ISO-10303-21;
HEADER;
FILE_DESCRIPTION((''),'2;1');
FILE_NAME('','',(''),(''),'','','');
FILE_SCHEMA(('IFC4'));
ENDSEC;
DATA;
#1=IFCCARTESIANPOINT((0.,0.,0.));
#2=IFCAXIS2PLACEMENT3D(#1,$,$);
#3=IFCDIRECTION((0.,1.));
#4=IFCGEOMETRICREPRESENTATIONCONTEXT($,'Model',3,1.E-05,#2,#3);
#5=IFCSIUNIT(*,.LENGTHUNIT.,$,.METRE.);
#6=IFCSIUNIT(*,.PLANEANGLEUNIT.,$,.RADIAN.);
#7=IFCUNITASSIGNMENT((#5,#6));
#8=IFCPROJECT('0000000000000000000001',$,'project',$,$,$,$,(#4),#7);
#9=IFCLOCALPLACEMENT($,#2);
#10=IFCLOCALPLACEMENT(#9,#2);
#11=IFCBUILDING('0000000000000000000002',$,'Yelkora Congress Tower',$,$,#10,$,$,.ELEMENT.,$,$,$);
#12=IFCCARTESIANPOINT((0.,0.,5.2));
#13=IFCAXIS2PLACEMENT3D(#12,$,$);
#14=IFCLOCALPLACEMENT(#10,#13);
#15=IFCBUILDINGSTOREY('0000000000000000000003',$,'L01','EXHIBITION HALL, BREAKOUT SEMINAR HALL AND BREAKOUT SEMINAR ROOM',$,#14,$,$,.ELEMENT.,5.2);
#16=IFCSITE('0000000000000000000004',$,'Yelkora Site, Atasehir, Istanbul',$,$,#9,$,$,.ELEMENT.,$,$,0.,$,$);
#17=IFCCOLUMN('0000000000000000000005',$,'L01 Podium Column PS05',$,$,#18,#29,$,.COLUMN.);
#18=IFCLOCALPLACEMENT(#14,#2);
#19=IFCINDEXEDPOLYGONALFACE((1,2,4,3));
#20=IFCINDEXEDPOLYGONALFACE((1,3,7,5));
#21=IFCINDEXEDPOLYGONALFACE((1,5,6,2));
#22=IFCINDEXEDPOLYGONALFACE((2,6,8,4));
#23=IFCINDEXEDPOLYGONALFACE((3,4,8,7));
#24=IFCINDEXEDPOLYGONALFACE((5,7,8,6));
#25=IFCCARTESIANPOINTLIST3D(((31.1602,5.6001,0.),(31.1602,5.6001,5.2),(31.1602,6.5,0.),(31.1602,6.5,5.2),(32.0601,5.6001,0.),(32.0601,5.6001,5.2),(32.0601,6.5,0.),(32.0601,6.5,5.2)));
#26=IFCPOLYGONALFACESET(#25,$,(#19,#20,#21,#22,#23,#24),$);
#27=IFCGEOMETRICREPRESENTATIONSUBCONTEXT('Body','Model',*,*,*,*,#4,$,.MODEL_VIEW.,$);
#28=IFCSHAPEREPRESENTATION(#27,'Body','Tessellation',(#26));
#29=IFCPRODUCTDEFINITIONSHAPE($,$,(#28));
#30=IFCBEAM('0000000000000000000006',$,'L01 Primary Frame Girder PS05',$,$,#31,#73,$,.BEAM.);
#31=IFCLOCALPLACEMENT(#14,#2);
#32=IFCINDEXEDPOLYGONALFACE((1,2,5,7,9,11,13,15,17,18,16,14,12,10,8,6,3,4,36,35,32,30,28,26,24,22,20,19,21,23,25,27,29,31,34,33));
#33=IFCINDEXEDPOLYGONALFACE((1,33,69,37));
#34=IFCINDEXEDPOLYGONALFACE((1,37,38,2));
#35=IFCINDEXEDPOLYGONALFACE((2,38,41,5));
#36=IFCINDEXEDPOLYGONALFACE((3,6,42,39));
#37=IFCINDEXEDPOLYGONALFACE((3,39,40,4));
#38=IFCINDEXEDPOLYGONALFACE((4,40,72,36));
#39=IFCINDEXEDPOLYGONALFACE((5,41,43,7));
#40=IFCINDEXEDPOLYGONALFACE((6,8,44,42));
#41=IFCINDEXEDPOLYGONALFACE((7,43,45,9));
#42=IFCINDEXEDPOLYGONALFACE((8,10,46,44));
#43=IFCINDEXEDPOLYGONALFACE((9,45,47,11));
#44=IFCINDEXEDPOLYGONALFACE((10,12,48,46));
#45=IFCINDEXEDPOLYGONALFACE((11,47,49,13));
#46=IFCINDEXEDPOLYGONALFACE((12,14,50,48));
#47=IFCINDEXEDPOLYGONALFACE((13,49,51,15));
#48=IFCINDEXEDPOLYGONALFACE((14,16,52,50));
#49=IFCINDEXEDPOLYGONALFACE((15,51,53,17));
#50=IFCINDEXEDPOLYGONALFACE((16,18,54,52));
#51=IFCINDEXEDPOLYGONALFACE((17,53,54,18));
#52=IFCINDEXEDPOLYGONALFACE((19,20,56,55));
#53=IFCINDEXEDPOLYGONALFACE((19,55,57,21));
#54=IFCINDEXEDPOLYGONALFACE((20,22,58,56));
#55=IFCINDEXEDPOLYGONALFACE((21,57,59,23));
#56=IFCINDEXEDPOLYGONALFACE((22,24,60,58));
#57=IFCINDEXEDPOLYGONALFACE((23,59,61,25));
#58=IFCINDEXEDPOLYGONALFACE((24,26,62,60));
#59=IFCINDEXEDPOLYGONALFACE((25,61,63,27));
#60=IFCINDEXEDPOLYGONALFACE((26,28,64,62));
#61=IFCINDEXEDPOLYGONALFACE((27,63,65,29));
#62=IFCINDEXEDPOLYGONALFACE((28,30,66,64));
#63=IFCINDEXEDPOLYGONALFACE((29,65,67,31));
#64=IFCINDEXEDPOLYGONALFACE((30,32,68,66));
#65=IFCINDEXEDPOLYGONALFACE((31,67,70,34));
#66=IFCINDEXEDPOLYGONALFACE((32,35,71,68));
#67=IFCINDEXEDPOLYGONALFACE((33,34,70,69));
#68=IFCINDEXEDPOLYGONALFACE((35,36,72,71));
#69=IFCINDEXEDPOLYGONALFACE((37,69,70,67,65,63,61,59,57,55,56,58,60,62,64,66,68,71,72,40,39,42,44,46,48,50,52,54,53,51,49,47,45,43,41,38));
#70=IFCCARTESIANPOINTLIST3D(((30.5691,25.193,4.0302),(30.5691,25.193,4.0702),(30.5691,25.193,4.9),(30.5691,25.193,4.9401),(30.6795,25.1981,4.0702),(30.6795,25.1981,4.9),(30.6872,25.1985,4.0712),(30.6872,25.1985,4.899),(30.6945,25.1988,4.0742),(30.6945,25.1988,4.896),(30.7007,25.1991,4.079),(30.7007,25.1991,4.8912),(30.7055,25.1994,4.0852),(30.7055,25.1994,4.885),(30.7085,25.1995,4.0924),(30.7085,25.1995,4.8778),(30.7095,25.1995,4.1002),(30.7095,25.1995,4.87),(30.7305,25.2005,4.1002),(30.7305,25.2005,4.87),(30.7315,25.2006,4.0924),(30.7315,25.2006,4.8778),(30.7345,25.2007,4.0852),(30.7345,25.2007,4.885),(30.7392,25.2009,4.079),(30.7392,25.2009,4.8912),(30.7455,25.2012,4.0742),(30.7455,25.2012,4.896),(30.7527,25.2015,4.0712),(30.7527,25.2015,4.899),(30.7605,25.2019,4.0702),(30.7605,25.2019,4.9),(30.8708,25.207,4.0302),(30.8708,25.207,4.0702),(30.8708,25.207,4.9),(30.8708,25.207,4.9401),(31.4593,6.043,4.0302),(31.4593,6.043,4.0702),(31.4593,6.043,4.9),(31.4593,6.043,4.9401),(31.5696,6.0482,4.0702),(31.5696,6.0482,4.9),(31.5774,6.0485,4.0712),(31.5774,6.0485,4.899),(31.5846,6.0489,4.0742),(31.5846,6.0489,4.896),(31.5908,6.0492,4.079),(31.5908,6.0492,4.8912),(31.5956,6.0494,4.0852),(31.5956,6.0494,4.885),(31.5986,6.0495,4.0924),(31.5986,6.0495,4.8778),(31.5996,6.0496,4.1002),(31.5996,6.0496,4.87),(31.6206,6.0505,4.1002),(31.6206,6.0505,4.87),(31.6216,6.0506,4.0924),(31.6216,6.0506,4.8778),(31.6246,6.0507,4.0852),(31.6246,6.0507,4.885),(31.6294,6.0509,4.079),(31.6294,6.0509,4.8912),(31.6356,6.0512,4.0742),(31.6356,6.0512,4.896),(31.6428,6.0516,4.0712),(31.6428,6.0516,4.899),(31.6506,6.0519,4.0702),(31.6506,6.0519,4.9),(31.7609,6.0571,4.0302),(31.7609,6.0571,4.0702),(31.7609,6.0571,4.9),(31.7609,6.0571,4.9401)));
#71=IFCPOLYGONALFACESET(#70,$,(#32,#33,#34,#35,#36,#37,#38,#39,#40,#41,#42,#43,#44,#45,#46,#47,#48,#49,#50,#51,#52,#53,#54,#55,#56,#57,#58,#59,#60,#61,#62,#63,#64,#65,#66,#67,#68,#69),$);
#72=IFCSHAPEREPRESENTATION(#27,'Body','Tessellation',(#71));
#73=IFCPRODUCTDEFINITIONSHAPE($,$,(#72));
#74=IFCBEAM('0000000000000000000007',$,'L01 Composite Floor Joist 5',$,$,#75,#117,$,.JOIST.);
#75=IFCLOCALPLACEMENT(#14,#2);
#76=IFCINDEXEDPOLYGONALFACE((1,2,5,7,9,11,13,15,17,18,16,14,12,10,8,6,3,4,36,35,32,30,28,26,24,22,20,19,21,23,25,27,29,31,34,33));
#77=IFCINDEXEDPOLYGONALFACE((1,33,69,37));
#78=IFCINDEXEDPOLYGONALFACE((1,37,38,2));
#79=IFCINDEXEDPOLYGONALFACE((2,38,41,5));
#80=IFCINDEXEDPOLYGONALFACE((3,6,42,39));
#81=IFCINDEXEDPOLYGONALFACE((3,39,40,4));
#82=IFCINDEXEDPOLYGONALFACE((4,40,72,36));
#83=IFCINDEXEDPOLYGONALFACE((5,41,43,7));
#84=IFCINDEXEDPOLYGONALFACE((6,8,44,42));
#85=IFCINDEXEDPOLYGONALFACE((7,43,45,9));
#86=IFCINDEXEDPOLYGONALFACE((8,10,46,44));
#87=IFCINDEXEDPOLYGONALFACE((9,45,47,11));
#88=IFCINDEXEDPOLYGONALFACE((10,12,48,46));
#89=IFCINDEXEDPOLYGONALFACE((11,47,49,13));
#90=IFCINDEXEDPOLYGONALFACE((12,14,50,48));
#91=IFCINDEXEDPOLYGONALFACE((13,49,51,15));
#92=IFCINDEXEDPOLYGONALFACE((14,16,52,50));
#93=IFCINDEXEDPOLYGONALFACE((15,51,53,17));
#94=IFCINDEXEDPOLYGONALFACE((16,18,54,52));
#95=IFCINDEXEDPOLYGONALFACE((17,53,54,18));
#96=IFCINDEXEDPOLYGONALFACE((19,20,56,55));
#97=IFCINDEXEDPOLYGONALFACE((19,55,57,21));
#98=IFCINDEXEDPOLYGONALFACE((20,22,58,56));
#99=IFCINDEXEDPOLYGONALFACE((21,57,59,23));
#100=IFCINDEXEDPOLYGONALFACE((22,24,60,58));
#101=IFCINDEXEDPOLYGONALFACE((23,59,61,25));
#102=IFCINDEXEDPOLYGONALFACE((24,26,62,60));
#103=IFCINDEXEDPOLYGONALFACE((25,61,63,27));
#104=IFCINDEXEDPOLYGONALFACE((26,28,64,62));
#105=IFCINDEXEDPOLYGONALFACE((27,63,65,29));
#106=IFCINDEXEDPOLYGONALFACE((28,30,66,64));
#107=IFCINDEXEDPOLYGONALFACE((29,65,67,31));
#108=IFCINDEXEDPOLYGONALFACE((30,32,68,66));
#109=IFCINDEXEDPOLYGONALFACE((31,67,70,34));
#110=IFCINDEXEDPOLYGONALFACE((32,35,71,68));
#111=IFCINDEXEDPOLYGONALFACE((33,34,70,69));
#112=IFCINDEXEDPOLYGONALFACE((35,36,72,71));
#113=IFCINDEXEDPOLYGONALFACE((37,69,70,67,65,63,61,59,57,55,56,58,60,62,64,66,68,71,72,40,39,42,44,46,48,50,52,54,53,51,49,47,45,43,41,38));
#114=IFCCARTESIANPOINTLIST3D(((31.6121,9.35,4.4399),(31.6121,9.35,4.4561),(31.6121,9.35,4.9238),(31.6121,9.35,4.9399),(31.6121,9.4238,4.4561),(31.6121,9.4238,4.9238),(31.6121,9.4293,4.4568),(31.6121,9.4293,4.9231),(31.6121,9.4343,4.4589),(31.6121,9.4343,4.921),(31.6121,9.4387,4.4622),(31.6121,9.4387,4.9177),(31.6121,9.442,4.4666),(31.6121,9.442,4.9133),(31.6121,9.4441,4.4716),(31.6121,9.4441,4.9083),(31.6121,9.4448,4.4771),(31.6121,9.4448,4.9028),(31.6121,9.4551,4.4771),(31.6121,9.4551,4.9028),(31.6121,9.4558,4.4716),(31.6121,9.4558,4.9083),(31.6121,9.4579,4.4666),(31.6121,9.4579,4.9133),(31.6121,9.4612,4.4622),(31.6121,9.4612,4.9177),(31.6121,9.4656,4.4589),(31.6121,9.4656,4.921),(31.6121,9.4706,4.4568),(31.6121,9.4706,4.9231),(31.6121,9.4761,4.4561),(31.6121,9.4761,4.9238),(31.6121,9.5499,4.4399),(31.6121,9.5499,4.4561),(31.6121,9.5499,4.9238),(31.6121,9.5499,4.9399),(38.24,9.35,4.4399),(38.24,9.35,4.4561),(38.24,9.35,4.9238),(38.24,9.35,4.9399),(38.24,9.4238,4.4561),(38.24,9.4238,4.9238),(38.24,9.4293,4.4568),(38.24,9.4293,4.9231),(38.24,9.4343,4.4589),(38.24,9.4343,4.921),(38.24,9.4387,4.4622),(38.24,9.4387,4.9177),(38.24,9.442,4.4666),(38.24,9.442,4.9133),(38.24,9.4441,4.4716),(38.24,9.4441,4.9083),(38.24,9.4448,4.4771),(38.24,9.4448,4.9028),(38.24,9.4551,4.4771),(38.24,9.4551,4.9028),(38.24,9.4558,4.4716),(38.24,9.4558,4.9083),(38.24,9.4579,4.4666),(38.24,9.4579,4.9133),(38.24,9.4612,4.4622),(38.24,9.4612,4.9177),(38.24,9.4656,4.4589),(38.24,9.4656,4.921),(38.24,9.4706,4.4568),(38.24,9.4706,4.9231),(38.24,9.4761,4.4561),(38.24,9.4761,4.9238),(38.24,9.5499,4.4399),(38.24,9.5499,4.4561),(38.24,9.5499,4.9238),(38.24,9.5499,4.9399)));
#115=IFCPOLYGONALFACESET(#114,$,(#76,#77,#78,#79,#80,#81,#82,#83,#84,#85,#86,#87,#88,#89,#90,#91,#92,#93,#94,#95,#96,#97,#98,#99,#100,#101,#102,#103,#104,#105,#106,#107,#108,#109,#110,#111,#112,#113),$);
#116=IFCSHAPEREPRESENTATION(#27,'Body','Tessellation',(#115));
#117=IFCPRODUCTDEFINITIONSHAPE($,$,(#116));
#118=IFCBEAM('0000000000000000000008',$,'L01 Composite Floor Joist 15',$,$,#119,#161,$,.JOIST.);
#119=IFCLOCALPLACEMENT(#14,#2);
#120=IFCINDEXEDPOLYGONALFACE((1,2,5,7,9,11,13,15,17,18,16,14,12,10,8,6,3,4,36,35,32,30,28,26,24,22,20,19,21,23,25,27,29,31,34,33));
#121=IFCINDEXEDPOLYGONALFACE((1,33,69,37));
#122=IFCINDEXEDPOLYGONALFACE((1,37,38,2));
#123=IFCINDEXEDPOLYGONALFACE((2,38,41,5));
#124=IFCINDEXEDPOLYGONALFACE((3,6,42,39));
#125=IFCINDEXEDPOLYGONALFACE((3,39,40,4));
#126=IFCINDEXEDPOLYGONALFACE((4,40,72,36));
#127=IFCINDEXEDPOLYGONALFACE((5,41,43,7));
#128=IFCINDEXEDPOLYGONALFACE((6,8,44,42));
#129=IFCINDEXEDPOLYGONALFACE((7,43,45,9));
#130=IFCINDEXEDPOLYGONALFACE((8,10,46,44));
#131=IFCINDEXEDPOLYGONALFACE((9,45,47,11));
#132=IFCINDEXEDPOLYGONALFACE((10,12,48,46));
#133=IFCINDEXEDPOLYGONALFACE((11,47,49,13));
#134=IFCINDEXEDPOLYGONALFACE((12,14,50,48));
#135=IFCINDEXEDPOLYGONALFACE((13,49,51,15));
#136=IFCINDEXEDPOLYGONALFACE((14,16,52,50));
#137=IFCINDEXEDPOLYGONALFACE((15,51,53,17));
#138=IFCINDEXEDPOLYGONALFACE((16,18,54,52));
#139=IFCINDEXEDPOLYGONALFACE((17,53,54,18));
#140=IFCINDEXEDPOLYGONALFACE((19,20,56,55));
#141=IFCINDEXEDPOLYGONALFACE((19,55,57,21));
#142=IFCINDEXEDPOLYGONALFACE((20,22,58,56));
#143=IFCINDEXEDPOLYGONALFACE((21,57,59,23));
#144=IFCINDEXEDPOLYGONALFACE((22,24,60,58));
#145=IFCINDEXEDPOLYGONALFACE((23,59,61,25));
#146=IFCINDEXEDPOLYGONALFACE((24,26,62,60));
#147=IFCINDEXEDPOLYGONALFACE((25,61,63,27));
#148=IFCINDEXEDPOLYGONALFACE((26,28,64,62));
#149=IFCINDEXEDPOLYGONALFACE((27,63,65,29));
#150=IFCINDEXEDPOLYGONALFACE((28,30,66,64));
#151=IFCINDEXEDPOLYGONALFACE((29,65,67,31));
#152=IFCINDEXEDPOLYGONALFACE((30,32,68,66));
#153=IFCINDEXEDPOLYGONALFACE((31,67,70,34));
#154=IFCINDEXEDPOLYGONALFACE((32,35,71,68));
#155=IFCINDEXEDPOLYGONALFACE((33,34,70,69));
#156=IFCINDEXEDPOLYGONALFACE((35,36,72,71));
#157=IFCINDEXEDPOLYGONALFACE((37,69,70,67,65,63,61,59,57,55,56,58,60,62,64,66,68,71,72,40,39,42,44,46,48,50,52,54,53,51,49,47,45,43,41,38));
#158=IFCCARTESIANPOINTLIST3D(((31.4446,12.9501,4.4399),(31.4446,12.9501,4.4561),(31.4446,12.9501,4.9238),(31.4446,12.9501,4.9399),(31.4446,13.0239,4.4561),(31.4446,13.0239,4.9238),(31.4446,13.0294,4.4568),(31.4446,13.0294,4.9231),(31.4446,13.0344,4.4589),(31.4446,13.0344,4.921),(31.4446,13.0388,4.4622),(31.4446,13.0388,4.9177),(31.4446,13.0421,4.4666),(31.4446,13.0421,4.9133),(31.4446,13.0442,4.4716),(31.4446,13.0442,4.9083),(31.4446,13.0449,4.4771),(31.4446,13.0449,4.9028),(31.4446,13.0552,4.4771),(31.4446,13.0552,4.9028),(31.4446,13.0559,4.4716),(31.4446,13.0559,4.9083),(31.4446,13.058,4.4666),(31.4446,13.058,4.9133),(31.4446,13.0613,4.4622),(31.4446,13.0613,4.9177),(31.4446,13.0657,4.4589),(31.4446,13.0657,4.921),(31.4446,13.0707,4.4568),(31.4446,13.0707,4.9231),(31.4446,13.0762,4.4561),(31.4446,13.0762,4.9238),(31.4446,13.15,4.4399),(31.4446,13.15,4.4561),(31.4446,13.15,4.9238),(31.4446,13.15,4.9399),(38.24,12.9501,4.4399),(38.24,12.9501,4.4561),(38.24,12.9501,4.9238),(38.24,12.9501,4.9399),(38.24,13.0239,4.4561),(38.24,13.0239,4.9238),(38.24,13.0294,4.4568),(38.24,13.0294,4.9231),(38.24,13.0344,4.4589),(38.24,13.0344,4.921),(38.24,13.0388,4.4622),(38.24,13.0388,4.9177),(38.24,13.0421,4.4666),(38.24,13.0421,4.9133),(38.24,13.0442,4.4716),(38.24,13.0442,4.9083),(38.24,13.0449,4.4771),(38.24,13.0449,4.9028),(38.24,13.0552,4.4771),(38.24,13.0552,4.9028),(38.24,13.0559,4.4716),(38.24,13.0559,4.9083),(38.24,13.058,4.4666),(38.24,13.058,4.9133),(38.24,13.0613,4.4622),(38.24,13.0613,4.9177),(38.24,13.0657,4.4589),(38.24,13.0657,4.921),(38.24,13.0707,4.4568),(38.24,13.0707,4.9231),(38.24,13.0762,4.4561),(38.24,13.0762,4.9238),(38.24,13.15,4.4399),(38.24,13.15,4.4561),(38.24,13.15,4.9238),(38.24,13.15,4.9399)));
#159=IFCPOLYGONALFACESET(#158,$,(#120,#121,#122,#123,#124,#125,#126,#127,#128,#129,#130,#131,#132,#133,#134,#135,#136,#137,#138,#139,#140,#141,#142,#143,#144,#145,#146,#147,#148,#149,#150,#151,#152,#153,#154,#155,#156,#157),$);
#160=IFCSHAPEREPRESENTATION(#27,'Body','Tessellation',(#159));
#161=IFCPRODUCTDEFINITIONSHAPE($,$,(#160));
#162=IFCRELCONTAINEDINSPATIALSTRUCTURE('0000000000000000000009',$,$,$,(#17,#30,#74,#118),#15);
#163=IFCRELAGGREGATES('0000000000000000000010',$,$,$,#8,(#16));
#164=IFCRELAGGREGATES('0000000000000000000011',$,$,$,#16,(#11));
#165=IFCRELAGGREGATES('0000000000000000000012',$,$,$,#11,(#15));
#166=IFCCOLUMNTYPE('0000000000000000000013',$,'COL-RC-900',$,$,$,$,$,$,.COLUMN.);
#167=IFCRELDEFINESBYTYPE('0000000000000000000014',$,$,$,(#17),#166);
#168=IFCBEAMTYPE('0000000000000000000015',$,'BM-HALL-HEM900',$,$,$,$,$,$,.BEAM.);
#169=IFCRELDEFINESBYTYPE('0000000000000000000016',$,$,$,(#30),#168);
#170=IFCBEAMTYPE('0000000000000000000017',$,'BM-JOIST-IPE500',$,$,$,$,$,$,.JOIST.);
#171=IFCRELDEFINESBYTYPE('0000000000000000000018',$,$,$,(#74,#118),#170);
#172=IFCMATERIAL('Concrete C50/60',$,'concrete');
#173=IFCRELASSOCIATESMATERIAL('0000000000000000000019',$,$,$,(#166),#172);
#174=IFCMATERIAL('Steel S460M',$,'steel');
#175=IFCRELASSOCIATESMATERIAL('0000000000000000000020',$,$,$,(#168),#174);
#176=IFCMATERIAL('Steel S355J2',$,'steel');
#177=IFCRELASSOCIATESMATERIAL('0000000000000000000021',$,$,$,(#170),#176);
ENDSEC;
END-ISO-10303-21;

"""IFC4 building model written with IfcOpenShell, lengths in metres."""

from ifc_helpers import new_model, si_unit, direction, frame, origin, origin_2d, place, context, subcontext, project, spatial, rectangle, i_section, extrude, material, material_profile, profile_set, type_object, element, save


model = new_model("IFC4")

# Units and contexts
model_context = context("Model", 3, precision=1e-05, world=origin(), true_north=direction((0.0, 1.0)))
body_context = subcontext(model_context, "Body", "Model", "MODEL_VIEW")
ifc_project = project(units=[si_unit("LENGTHUNIT", "METRE"), si_unit("PLANEANGLEUNIT", "RADIAN")], contexts=[model_context])

# Site, building, storey
site_placement = place(None, origin())
site = spatial("IfcSite", under=ifc_project, at=site_placement, Name="Yelkora Site, Atasehir, Istanbul", CompositionType="ELEMENT", RefElevation=0.0)
building_placement = place(site_placement, origin())
building = spatial("IfcBuilding", under=site, at=building_placement, Name="Yelkora Congress Tower", CompositionType="ELEMENT")
storey_placement = place(building_placement, frame((0.0, 0.0, 5.2)))
storey = spatial("IfcBuildingStorey", under=building, at=storey_placement, Name="L01", Description="EXHIBITION HALL, BREAKOUT SEMINAR HALL AND BREAKOUT SEMINAR ROOM", CompositionType="ELEMENT", Elevation=5.2)

# Column
ifc_material_1 = material(Name="Concrete C50/60", Category="concrete")
ifc_material_profile_1 = material_profile(ifc_material_1, rectangle(XDim=0.8999, YDim=0.8999, at=origin_2d()), Name="RC 900x900")
ifc_profile_set_1 = profile_set([ifc_material_profile_1], Name="Concrete C50/60")
column_type = type_object("IfcColumnType", Name="COL-RC-900", PredefinedType="COLUMN", material=ifc_profile_set_1)
column_placement = place(storey_placement, frame((31.6101, 6.05, 0.0), z_axis=(0.0, 0.0, 1.0), x_axis=(1.0, 0.0, 0.0)))
element("IfcColumn", 1, at=column_placement, inside=storey, type_object=column_type, Name="L01 Podium Column PS05", PredefinedType="COLUMN", context=body_context, shape_type="SweptSolid", body=[
    extrude(rectangle(XDim=0.8999, YDim=0.8999, at=origin_2d()), origin(), (0.0, 0.0, 1.0), 5.2),
])

# Beams
ifc_material_2 = material(Name="Steel S460M", Category="steel")
ifc_material_profile_2 = material_profile(ifc_material_2, i_section(OverallWidth=0.302, OverallDepth=0.9099, WebThickness=0.021, FlangeThickness=0.04, FilletRadius=0.03, at=origin_2d()), Name="HEM 900")
ifc_profile_set_2 = profile_set([ifc_material_profile_2], Name="Steel S460M")
beam_type_1 = type_object("IfcBeamType", Name="BM-HALL-HEM900", PredefinedType="BEAM", material=ifc_profile_set_2)
beam_1_placement = place(storey_placement, frame((31.6101, 6.05, 4.4851), z_axis=(-0.046432, 0.998921, 0.0), x_axis=(-0.998921, -0.046432, 0.0)))
element("IfcBeam", 2, at=beam_1_placement, inside=storey, type_object=beam_type_1, Name="L01 Primary Frame Girder PS05", PredefinedType="BEAM", context=body_context, shape_type="SweptSolid", body=[
    extrude(i_section(OverallWidth=0.302, OverallDepth=0.9099, WebThickness=0.021, FlangeThickness=0.04, FilletRadius=0.03, at=origin_2d()), origin(), (0.0, 0.0, 1.0), 19.1707),
])
ifc_material_3 = material(Name="Steel S355J2", Category="steel")
ifc_material_profile_3 = material_profile(ifc_material_3, i_section(OverallWidth=0.2, OverallDepth=0.5, WebThickness=0.0103, FlangeThickness=0.0161, FilletRadius=0.021, at=origin_2d()), Name="IPE 500")
ifc_profile_set_3 = profile_set([ifc_material_profile_3], Name="Steel S355J2")
beam_type_2 = type_object("IfcBeamType", Name="BM-JOIST-IPE500", PredefinedType="JOIST", material=ifc_profile_set_3)
beam_2_placement = place(storey_placement, frame((31.6121, 9.45, 4.6899), z_axis=(1.0, 0.0, 0.0), x_axis=(0.0, 1.0, 0.0)))
element("IfcBeam", 3, at=beam_2_placement, inside=storey, type_object=beam_type_2, Name="L01 Composite Floor Joist 5", PredefinedType="JOIST", context=body_context, shape_type="SweptSolid", body=[
    extrude(i_section(OverallWidth=0.2, OverallDepth=0.5, WebThickness=0.0103, FlangeThickness=0.0161, FilletRadius=0.021, at=origin_2d()), origin(), (0.0, 0.0, 1.0), 6.6279),
])
beam_3_placement = place(storey_placement, frame((31.4446, 13.05, 4.6899), z_axis=(1.0, 0.0, 0.0), x_axis=(0.0, 1.0, 0.0)))
element("IfcBeam", 4, at=beam_3_placement, inside=storey, type_object=beam_type_2, Name="L01 Composite Floor Joist 15", PredefinedType="JOIST", context=body_context, shape_type="SweptSolid", body=[
    extrude(i_section(OverallWidth=0.2, OverallDepth=0.5, WebThickness=0.0103, FlangeThickness=0.0161, FilletRadius=0.021, at=origin_2d()), origin(), (0.0, 0.0, 1.0), 6.7954),
])

save(model, "model.ifc")
